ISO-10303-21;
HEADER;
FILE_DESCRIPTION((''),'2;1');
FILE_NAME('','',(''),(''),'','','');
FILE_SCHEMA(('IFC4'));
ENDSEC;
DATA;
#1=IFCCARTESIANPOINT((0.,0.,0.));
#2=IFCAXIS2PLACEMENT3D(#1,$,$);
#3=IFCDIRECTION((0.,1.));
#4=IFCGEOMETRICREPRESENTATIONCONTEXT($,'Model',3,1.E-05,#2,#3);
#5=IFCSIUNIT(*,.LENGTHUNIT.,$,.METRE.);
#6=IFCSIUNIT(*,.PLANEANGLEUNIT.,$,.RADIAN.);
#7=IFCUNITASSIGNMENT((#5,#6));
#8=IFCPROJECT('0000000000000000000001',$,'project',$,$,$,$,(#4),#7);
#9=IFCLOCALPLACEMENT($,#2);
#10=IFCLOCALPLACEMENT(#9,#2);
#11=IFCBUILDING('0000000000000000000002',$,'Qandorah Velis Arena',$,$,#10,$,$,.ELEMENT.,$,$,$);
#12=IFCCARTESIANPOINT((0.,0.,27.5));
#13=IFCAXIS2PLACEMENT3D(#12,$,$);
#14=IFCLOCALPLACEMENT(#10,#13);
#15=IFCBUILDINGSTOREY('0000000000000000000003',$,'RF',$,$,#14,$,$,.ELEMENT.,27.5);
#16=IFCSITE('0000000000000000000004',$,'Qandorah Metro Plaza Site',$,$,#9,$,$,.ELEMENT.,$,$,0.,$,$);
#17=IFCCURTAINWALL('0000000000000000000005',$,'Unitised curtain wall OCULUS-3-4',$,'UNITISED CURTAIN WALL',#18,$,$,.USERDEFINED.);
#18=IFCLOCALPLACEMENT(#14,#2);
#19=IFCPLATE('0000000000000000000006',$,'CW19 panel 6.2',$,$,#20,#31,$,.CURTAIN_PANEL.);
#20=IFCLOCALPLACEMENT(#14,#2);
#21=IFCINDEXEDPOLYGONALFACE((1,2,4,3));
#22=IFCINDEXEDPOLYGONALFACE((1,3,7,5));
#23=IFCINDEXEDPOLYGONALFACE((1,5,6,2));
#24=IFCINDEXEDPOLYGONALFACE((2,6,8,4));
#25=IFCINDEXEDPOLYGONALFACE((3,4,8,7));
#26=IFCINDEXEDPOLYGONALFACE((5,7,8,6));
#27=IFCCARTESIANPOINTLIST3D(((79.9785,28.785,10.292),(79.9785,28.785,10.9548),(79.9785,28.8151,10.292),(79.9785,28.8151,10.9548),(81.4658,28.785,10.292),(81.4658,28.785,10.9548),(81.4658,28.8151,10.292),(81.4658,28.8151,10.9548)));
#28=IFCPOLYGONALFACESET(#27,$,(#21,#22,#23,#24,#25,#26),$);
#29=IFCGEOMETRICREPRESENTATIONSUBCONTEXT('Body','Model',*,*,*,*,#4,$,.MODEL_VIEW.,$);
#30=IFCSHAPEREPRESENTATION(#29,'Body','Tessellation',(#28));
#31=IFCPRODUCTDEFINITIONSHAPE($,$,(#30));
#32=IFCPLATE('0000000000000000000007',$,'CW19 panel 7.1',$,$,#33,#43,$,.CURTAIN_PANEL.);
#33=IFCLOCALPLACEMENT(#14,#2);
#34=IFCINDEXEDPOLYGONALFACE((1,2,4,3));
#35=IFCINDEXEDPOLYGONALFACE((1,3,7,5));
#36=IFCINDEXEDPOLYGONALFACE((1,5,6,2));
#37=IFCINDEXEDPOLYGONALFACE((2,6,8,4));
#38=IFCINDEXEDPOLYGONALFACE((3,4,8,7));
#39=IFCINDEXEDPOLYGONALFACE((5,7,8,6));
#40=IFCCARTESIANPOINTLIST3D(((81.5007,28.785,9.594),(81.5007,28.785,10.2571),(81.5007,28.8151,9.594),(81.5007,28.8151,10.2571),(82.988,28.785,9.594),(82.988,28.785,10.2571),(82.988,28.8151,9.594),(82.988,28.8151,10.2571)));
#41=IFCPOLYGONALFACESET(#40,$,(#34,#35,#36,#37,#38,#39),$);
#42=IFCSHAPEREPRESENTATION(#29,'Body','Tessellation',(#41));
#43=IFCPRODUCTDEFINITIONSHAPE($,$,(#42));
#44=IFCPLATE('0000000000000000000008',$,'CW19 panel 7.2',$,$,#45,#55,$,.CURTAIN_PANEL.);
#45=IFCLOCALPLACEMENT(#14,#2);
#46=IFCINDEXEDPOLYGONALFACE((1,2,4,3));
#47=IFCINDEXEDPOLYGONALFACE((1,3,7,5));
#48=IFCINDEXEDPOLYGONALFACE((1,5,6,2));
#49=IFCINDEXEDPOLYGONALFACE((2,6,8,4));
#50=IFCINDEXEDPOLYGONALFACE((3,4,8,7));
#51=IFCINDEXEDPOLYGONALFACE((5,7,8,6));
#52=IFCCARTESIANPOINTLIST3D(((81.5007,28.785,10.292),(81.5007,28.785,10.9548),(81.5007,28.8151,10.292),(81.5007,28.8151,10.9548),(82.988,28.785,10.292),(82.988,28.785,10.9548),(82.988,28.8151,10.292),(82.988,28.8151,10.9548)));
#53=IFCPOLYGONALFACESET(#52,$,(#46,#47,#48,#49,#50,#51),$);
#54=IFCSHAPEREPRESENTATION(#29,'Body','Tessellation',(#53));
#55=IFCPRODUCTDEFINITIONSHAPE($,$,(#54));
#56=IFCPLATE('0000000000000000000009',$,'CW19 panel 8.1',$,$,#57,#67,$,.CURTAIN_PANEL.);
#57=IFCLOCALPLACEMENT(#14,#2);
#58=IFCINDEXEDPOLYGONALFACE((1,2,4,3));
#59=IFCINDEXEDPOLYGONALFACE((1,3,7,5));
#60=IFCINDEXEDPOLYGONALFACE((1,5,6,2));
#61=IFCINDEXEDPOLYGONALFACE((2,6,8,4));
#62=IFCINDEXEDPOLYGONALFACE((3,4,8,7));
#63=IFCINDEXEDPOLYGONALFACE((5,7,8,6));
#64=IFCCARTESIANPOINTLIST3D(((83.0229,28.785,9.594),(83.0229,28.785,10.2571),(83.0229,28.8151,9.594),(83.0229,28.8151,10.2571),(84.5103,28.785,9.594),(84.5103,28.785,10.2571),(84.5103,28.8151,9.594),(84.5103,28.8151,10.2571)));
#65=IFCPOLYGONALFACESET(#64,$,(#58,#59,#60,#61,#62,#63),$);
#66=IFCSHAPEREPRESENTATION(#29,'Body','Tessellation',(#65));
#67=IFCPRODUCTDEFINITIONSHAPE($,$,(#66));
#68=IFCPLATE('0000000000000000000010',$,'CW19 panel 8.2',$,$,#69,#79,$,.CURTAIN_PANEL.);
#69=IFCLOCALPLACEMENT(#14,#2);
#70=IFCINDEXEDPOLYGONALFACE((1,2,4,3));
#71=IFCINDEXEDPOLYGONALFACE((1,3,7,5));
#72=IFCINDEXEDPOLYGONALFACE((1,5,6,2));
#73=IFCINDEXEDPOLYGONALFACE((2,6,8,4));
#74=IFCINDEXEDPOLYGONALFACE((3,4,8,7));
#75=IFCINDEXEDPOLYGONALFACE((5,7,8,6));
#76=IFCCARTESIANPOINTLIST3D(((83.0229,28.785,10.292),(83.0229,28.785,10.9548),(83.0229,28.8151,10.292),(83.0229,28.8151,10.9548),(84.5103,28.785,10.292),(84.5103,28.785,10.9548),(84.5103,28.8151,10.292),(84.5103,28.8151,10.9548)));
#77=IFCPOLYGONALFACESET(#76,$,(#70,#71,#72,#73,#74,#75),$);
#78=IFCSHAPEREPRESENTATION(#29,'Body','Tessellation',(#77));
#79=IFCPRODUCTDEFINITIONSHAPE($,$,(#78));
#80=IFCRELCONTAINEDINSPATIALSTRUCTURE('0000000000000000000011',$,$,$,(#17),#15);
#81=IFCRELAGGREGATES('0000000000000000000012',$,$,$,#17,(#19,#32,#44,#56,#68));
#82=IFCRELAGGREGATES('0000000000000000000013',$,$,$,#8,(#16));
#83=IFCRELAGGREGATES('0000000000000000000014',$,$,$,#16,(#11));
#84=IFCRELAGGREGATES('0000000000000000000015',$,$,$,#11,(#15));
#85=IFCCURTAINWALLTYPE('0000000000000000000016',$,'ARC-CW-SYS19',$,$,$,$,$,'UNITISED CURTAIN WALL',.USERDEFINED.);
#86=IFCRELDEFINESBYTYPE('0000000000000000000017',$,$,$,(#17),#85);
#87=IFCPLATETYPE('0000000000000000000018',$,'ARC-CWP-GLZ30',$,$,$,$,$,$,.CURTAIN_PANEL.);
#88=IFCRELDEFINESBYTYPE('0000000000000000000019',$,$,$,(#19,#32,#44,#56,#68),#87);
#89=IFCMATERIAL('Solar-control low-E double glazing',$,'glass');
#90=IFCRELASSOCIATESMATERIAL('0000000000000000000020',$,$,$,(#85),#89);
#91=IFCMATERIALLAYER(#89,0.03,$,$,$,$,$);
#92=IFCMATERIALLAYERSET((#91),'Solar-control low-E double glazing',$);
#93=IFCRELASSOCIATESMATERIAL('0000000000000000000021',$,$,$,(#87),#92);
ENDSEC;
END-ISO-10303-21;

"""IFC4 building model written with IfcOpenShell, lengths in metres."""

from ifc_helpers import new_model, si_unit, direction, frame, origin, origin_2d, place, context, subcontext, project, spatial, rectangle, extrude, material, layer, layer_set, type_object, element, aggregate, save


model = new_model("IFC4")

# Units and contexts
model_context = context("Model", 3, precision=1e-05, world=origin(), true_north=direction((0.0, 1.0)))
body_context = subcontext(model_context, "Body", "Model", "MODEL_VIEW")
ifc_project = project(units=[si_unit("LENGTHUNIT", "METRE"), si_unit("PLANEANGLEUNIT", "RADIAN")], contexts=[model_context])

# Site, building, storey
site_placement = place(None, origin())
site = spatial("IfcSite", under=ifc_project, at=site_placement, Name="Qandorah Metro Plaza Site", CompositionType="ELEMENT", RefElevation=0.0)
building_placement = place(site_placement, origin())
building = spatial("IfcBuilding", under=site, at=building_placement, Name="Qandorah Velis Arena", CompositionType="ELEMENT")
storey_placement = place(building_placement, frame((0.0, 0.0, 27.5)))
storey = spatial("IfcBuildingStorey", under=building, at=storey_placement, Name="RF", CompositionType="ELEMENT", Elevation=27.5)

# Curtain wall, plates
ifc_material_1 = material(Name="Solar-control low-E double glazing", Category="glass")
curtain_wall_type = type_object("IfcCurtainWallType", Name="ARC-CW-SYS19", ElementType="UNITISED CURTAIN WALL", PredefinedType="USERDEFINED", material=ifc_material_1)
curtain_wall_placement = place(storey_placement, origin())
curtain_wall = element("IfcCurtainWall", 1, at=curtain_wall_placement, inside=storey, type_object=curtain_wall_type, Name="Unitised curtain wall OCULUS-3-4", ObjectType="UNITISED CURTAIN WALL", PredefinedType="USERDEFINED")
ifc_layer = layer(ifc_material_1, 0.03)
ifc_layer_set = layer_set([ifc_layer], Name="Solar-control low-E double glazing")
plate_type = type_object("IfcPlateType", Name="ARC-CWP-GLZ30", PredefinedType="CURTAIN_PANEL", material=ifc_layer_set)
plate_1_placement = place(storey_placement, frame((80.7222, 28.8, 10.292), z_axis=(0.0, 0.0, 1.0), x_axis=(1.0, 0.0, 0.0)))
plate_1 = element("IfcPlate", 2, at=plate_1_placement, type_object=plate_type, Name="CW19 panel 6.2", PredefinedType="CURTAIN_PANEL", context=body_context, shape_type="SweptSolid", body=[
    extrude(rectangle(XDim=1.4873, YDim=0.03, at=origin_2d()), origin(), (0.0, 0.0, 1.0), 0.6628),
])
plate_2_placement = place(storey_placement, frame((82.2444, 28.8, 9.594), z_axis=(0.0, 0.0, 1.0), x_axis=(1.0, 0.0, 0.0)))
plate_2 = element("IfcPlate", 3, at=plate_2_placement, type_object=plate_type, Name="CW19 panel 7.1", PredefinedType="CURTAIN_PANEL", context=body_context, shape_type="SweptSolid", body=[
    extrude(rectangle(XDim=1.4873, YDim=0.03, at=origin_2d()), origin(), (0.0, 0.0, 1.0), 0.6631),
])
plate_3_placement = place(storey_placement, frame((82.2444, 28.8, 10.292), z_axis=(0.0, 0.0, 1.0), x_axis=(1.0, 0.0, 0.0)))
plate_3 = element("IfcPlate", 4, at=plate_3_placement, type_object=plate_type, Name="CW19 panel 7.2", PredefinedType="CURTAIN_PANEL", context=body_context, shape_type="SweptSolid", body=[
    extrude(rectangle(XDim=1.4873, YDim=0.03, at=origin_2d()), origin(), (0.0, 0.0, 1.0), 0.6628),
])
plate_4_placement = place(storey_placement, frame((83.7666, 28.8, 9.594), z_axis=(0.0, 0.0, 1.0), x_axis=(1.0, 0.0, 0.0)))
plate_4 = element("IfcPlate", 5, at=plate_4_placement, type_object=plate_type, Name="CW19 panel 8.1", PredefinedType="CURTAIN_PANEL", context=body_context, shape_type="SweptSolid", body=[
    extrude(rectangle(XDim=1.4873, YDim=0.03, at=origin_2d()), origin(), (0.0, 0.0, 1.0), 0.6631),
])
plate_5_placement = place(storey_placement, frame((83.7666, 28.8, 10.292), z_axis=(0.0, 0.0, 1.0), x_axis=(1.0, 0.0, 0.0)))
plate_5 = element("IfcPlate", 6, at=plate_5_placement, type_object=plate_type, Name="CW19 panel 8.2", PredefinedType="CURTAIN_PANEL", context=body_context, shape_type="SweptSolid", body=[
    extrude(rectangle(XDim=1.4873, YDim=0.03, at=origin_2d()), origin(), (0.0, 0.0, 1.0), 0.6628),
])
aggregate(curtain_wall, [plate_1, plate_2, plate_3, plate_4, plate_5])

save(model, "model.ifc")
